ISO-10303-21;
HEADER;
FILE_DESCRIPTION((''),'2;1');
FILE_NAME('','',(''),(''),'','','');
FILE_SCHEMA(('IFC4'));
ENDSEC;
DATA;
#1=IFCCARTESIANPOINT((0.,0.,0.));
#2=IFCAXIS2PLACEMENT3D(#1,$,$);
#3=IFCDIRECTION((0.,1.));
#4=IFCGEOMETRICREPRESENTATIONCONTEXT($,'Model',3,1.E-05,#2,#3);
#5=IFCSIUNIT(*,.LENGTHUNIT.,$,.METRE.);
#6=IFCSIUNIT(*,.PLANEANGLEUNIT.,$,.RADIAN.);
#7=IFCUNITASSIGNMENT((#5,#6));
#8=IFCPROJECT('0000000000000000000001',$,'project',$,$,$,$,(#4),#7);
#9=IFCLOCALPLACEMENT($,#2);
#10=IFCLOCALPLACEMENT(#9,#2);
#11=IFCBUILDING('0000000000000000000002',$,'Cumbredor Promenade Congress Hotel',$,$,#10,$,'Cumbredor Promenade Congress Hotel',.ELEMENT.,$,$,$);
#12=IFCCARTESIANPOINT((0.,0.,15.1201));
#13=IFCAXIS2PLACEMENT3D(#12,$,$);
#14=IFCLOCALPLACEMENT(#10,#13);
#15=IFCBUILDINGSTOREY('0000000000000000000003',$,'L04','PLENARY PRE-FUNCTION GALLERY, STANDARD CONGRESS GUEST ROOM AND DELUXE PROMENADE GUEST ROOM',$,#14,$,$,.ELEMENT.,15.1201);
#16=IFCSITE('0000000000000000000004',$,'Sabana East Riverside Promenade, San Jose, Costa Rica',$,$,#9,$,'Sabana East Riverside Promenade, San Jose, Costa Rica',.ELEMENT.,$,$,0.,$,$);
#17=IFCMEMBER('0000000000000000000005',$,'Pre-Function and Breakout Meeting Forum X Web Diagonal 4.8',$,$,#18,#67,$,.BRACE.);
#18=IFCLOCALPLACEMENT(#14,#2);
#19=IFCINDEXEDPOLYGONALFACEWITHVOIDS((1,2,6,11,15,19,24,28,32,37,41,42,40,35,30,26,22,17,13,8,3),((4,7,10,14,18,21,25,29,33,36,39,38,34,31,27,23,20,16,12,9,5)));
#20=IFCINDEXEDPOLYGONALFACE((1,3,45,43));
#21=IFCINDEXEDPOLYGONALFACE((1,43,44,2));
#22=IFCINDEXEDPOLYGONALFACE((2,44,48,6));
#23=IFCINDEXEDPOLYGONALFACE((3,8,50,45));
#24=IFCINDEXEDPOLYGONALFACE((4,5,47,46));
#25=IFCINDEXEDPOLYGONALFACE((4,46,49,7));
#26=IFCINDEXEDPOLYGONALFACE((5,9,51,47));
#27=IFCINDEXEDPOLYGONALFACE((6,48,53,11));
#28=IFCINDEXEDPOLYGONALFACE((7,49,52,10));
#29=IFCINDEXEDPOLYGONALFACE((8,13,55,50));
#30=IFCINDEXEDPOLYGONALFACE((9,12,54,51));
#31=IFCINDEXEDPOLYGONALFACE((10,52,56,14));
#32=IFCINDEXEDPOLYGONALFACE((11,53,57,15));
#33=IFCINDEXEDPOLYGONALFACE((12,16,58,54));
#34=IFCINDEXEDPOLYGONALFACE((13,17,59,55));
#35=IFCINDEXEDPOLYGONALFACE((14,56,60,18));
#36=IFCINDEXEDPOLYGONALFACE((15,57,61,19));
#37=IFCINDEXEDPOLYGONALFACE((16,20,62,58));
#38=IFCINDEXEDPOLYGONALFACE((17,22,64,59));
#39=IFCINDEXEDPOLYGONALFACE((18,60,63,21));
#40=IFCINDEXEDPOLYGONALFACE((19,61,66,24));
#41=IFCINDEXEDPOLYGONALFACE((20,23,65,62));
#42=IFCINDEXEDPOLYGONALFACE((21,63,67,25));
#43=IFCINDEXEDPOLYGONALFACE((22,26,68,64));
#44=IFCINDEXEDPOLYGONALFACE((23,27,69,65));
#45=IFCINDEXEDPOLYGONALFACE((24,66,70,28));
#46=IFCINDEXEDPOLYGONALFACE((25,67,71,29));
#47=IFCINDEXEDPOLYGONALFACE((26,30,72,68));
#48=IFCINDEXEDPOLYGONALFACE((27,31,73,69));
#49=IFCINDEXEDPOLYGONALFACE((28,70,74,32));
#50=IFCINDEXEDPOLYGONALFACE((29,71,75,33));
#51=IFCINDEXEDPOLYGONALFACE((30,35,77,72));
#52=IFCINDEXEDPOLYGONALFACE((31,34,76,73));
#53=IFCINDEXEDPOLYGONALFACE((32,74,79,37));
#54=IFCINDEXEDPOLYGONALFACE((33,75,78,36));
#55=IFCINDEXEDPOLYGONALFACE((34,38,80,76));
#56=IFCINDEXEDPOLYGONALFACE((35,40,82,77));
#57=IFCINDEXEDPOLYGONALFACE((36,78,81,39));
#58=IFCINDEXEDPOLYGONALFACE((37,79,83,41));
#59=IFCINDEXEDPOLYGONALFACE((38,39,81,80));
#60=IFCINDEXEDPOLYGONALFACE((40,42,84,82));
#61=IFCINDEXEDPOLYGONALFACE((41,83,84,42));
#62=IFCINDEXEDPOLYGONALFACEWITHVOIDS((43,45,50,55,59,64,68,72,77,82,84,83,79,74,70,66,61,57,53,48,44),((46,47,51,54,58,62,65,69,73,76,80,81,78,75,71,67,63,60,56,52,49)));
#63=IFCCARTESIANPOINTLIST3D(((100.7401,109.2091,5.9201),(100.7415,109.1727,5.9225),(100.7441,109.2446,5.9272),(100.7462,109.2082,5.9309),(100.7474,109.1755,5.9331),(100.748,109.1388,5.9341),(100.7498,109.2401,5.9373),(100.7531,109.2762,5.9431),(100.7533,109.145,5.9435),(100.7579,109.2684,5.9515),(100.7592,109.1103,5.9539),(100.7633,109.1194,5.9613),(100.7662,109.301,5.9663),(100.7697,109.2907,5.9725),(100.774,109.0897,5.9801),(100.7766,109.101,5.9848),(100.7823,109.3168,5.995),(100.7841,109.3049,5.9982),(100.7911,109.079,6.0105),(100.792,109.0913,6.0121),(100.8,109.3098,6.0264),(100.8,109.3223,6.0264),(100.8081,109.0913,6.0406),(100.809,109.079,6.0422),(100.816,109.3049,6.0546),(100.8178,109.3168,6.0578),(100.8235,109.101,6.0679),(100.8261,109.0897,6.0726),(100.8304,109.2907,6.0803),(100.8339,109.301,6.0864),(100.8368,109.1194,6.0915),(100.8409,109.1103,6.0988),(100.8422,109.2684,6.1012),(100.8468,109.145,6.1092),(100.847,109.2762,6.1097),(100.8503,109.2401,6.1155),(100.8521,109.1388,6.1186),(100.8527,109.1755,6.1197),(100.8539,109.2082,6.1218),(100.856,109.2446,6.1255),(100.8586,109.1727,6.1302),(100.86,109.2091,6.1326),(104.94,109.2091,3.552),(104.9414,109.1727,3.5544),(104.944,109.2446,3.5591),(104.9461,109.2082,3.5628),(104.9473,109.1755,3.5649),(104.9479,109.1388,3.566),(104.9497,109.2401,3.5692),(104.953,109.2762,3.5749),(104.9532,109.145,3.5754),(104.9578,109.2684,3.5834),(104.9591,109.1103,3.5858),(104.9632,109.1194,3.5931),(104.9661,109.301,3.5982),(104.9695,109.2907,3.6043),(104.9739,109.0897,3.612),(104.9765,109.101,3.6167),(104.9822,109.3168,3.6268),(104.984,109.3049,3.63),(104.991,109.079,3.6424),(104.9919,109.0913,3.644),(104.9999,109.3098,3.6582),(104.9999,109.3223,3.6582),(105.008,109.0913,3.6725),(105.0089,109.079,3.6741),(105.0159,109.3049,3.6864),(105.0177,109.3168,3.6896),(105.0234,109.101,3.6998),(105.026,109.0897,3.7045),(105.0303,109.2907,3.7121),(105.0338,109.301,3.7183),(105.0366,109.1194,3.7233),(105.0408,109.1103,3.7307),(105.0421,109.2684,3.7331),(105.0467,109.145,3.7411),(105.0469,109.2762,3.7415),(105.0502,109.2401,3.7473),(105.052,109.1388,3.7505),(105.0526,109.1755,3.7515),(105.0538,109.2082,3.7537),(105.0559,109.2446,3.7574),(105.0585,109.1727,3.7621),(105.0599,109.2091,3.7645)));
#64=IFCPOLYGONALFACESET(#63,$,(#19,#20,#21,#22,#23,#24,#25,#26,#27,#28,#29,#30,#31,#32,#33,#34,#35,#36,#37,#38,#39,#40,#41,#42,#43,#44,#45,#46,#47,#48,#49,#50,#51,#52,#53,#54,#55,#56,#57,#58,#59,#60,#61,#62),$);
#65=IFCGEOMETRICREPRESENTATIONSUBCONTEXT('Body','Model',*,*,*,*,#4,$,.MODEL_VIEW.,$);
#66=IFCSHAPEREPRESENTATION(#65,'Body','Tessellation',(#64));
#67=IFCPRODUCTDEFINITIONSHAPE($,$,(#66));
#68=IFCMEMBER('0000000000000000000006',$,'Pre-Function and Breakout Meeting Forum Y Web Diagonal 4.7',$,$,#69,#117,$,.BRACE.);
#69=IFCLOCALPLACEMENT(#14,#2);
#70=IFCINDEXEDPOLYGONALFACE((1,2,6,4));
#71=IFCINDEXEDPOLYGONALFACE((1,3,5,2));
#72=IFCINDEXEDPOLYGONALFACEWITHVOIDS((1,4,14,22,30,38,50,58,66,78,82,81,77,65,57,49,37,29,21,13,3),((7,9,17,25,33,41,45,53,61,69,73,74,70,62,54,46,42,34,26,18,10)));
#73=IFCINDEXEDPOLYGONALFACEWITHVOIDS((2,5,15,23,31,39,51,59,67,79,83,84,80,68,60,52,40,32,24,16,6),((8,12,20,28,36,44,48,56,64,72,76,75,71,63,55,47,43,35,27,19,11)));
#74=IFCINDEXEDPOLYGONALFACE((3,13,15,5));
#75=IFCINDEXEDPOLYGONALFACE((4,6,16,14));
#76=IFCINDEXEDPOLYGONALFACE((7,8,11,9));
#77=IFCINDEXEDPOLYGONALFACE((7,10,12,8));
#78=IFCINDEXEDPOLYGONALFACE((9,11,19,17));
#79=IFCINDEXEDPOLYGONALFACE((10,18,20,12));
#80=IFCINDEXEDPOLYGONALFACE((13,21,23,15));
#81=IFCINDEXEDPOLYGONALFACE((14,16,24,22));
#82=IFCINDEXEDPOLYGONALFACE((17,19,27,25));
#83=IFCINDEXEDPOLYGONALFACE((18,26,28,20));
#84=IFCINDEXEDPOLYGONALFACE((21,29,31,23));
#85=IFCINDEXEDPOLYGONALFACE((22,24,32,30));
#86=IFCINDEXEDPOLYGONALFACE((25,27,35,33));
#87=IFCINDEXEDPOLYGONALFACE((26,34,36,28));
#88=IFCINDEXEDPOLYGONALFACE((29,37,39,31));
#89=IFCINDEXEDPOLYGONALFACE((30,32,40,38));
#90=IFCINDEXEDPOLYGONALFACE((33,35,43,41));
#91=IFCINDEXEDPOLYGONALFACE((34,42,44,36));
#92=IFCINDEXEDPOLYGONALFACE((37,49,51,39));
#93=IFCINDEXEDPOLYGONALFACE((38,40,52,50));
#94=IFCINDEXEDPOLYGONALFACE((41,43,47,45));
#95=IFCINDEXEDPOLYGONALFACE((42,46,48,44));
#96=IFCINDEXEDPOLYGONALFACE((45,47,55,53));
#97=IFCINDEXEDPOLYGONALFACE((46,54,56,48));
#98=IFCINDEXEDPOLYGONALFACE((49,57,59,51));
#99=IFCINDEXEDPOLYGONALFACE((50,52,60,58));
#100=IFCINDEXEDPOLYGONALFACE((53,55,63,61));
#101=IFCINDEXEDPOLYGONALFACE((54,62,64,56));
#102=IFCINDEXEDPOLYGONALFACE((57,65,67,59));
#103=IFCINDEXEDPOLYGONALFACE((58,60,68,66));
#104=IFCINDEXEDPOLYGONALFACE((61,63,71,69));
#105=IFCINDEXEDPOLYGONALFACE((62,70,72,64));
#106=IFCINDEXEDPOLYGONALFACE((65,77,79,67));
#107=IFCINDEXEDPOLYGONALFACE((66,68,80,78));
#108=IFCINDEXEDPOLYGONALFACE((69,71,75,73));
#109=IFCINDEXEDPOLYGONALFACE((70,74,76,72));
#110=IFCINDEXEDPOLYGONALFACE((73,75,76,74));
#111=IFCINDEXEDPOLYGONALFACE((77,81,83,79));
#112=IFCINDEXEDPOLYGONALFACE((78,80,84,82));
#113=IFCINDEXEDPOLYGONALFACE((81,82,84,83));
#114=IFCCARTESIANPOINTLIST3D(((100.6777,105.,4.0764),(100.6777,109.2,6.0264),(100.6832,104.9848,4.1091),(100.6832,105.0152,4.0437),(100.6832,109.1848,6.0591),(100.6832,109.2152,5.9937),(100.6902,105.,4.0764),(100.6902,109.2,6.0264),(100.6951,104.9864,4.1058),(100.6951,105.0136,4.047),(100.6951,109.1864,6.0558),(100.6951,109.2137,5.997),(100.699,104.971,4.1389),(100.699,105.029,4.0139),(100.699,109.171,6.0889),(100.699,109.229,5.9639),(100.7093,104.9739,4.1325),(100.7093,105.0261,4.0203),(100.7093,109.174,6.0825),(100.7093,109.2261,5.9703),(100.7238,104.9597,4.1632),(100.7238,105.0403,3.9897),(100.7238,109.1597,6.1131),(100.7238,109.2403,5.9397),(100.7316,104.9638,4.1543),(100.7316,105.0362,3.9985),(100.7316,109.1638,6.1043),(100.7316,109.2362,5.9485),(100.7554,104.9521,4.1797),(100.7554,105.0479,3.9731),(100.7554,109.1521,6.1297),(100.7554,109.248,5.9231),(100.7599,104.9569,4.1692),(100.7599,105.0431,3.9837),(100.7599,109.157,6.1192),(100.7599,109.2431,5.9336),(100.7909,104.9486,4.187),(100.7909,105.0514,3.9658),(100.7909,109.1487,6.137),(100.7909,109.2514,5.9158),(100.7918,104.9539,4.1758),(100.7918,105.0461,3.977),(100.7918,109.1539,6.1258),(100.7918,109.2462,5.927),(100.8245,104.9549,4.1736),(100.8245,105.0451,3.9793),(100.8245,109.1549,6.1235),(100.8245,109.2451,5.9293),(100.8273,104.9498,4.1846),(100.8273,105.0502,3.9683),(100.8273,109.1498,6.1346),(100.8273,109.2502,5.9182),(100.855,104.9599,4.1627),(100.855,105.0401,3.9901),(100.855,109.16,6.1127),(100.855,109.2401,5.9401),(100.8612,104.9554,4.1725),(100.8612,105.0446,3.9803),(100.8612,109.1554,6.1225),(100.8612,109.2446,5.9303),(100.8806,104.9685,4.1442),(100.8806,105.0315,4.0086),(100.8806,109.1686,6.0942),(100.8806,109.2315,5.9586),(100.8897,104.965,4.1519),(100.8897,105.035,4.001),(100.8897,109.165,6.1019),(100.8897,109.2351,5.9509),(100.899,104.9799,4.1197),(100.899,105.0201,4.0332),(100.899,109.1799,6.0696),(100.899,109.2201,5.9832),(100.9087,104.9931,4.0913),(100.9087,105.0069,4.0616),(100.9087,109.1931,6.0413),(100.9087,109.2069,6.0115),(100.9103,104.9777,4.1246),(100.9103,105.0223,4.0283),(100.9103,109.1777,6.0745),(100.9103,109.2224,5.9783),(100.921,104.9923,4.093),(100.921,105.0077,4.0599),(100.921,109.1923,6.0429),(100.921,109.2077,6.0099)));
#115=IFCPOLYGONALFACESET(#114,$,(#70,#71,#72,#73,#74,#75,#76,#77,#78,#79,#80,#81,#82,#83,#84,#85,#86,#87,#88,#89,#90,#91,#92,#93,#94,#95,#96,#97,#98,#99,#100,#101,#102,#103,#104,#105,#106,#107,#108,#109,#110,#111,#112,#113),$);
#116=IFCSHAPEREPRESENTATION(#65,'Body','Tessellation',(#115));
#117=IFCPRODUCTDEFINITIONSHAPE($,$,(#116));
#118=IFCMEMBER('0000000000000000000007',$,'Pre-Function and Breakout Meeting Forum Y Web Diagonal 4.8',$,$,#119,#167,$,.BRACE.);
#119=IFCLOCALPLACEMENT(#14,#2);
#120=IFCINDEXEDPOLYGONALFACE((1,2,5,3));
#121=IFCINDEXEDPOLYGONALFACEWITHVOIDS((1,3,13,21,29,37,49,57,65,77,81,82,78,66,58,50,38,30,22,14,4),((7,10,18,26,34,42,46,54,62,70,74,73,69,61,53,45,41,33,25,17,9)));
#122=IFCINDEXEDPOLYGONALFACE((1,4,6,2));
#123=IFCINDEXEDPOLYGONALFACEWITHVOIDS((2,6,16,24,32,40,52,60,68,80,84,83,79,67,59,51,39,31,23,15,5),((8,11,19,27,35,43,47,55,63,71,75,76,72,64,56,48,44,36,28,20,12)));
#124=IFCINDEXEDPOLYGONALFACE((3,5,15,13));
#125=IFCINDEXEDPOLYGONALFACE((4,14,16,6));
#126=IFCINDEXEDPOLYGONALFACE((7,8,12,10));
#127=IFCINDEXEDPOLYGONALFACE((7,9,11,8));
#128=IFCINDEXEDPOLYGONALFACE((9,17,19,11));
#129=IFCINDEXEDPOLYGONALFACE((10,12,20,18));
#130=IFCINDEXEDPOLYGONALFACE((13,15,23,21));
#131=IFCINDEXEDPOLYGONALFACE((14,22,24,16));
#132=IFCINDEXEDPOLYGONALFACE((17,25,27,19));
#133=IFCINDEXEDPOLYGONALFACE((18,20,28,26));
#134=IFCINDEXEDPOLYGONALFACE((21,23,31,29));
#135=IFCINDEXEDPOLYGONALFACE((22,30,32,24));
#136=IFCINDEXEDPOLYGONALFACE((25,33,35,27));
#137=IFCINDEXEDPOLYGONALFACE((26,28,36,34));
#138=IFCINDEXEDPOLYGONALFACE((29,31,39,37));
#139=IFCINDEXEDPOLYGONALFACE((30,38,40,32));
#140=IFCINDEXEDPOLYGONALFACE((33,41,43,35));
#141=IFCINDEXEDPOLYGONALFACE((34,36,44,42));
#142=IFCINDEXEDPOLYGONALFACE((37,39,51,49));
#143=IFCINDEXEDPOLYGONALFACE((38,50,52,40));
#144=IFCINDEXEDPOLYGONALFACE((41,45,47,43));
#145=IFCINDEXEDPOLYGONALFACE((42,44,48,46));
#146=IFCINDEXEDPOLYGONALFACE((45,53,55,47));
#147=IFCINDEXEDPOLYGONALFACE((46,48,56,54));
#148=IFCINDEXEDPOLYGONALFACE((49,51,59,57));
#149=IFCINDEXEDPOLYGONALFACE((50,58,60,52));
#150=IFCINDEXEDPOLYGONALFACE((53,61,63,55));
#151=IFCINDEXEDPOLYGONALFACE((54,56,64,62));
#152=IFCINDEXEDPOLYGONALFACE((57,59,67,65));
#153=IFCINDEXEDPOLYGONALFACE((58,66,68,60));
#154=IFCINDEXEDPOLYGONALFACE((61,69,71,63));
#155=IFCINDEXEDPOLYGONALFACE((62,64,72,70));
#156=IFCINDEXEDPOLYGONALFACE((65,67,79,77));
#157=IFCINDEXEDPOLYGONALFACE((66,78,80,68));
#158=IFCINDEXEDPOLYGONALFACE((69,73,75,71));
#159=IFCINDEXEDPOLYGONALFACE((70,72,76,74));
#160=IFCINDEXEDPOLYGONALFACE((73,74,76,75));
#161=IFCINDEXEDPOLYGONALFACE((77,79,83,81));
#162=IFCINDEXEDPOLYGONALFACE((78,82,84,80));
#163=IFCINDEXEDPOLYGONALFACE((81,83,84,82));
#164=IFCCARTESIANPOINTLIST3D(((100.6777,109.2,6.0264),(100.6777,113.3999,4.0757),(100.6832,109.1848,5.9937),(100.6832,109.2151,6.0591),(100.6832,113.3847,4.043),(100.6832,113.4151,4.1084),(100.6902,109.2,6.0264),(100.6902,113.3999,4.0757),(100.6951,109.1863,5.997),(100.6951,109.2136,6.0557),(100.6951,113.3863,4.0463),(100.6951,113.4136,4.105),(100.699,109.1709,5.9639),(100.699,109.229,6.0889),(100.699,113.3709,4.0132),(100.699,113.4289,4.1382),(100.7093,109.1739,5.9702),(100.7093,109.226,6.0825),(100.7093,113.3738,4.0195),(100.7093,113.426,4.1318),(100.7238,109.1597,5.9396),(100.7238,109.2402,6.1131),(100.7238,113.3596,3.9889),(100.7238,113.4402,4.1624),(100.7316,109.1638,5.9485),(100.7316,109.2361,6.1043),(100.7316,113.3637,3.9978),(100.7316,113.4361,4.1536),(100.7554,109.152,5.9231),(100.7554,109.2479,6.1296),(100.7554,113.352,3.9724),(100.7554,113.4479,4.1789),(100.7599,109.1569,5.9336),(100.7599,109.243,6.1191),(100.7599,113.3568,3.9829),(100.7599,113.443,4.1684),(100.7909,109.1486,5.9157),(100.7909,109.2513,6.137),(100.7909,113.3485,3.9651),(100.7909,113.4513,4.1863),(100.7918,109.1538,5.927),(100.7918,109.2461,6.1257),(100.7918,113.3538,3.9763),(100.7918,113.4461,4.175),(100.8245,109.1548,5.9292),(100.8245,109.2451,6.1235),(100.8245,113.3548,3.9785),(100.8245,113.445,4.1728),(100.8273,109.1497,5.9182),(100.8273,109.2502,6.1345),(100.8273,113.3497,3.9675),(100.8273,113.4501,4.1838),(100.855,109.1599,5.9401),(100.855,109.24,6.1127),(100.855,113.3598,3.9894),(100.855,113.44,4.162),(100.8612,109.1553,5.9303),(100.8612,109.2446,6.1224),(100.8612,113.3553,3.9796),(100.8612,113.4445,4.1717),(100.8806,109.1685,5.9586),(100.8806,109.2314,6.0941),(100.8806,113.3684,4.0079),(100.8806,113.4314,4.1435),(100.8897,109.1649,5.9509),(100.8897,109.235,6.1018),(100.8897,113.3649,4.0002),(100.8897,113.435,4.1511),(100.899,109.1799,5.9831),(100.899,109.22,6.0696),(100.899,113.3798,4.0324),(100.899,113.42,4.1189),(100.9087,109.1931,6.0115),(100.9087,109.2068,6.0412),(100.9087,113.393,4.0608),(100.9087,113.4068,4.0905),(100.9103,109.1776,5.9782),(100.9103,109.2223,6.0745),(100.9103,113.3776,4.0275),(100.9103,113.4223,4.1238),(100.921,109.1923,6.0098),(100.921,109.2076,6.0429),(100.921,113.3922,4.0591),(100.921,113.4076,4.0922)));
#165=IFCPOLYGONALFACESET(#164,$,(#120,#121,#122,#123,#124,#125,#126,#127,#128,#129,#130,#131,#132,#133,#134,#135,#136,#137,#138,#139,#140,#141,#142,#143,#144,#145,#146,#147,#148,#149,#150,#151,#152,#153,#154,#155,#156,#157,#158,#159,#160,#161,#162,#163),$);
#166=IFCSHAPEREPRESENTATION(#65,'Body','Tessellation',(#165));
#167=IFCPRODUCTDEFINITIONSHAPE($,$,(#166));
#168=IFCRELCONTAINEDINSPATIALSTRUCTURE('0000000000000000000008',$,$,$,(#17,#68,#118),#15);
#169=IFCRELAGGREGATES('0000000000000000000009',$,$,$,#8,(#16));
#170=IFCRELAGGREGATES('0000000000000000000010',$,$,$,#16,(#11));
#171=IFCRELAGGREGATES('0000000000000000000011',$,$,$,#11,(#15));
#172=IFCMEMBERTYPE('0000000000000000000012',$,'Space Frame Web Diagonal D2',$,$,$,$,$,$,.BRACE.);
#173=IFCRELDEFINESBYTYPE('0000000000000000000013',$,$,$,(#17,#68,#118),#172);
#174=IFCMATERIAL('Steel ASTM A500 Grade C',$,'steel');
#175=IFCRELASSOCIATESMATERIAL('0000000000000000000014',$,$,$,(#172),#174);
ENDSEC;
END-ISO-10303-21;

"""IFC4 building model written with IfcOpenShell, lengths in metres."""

from ifc_helpers import new_model, si_unit, direction, frame, origin, origin_2d, place, context, subcontext, project, spatial, hollow_circle, extrude, material, material_profile, profile_set, type_object, element, save


model = new_model("IFC4")

# Units and contexts
model_context = context("Model", 3, precision=1e-05, world=origin(), true_north=direction((0.0, 1.0)))
body_context = subcontext(model_context, "Body", "Model", "MODEL_VIEW")
ifc_project = project(units=[si_unit("LENGTHUNIT", "METRE"), si_unit("PLANEANGLEUNIT", "RADIAN")], contexts=[model_context])

# Site, building, storey
site_placement = place(None, origin())
site = spatial("IfcSite", under=ifc_project, at=site_placement, Name="Sabana East Riverside Promenade, San Jose, Costa Rica", LongName="Sabana East Riverside Promenade, San Jose, Costa Rica", CompositionType="ELEMENT", RefElevation=0.0)
building_placement = place(site_placement, origin())
building = spatial("IfcBuilding", under=site, at=building_placement, Name="Cumbredor Promenade Congress Hotel", LongName="Cumbredor Promenade Congress Hotel", CompositionType="ELEMENT")
storey_placement = place(building_placement, frame((0.0, 0.0, 15.1201)))
storey = spatial("IfcBuildingStorey", under=building, at=storey_placement, Name="L04", Description="PLENARY PRE-FUNCTION GALLERY, STANDARD CONGRESS GUEST ROOM AND DELUXE PROMENADE GUEST ROOM", CompositionType="ELEMENT", Elevation=15.1201)

# Members
ifc_material_1 = material(Name="Steel ASTM A500 Grade C", Category="steel")
ifc_material_profile_1 = material_profile(ifc_material_1, hollow_circle(Radius=0.1223, WallThickness=0.0125, at=origin_2d()), Name="CHS 244.5x12.5")
ifc_profile_set_1 = profile_set([ifc_material_profile_1], Name="Steel ASTM A500 Grade C")
member_type_1 = type_object("IfcMemberType", Name="Space Frame Web Diagonal D2", PredefinedType="BRACE", material=ifc_profile_set_1)
member_1_placement = place(storey_placement, frame((100.8, 109.2, 6.0264), z_axis=(0.871071, 0.0, -0.491158), x_axis=(0.0, 1.0, 0.0)))
element("IfcMember", 1, at=member_1_placement, inside=storey, type_object=member_type_1, Name="Pre-Function and Breakout Meeting Forum X Web Diagonal 4.8", PredefinedType="BRACE", context=body_context, shape_type="SweptSolid", body=[
    extrude(hollow_circle(Radius=0.1223, WallThickness=0.0125, at=origin_2d()), origin(), (0.0, 0.0, 1.0), 4.8215),
])
member_2_placement = place(storey_placement, frame((100.8, 105.0, 4.0764), z_axis=(0.0, 0.907011, 0.421107), x_axis=(-1.0, 0.0, 0.0)))
element("IfcMember", 2, at=member_2_placement, inside=storey, type_object=member_type_1, Name="Pre-Function and Breakout Meeting Forum Y Web Diagonal 4.7", PredefinedType="BRACE", context=body_context, shape_type="SweptSolid", body=[
    extrude(hollow_circle(Radius=0.1223, WallThickness=0.0125, at=origin_2d()), origin(), (0.0, 0.0, 1.0), 4.6306),
])
member_3_placement = place(storey_placement, frame((100.8, 109.2, 6.0264), z_axis=(0.0, 0.906951, -0.421237), x_axis=(-1.0, 0.0, 0.0)))
element("IfcMember", 3, at=member_3_placement, inside=storey, type_object=member_type_1, Name="Pre-Function and Breakout Meeting Forum Y Web Diagonal 4.8", PredefinedType="BRACE", context=body_context, shape_type="SweptSolid", body=[
    extrude(hollow_circle(Radius=0.1223, WallThickness=0.0125, at=origin_2d()), origin(), (0.0, 0.0, 1.0), 4.6309),
])

save(model, "model.ifc")
